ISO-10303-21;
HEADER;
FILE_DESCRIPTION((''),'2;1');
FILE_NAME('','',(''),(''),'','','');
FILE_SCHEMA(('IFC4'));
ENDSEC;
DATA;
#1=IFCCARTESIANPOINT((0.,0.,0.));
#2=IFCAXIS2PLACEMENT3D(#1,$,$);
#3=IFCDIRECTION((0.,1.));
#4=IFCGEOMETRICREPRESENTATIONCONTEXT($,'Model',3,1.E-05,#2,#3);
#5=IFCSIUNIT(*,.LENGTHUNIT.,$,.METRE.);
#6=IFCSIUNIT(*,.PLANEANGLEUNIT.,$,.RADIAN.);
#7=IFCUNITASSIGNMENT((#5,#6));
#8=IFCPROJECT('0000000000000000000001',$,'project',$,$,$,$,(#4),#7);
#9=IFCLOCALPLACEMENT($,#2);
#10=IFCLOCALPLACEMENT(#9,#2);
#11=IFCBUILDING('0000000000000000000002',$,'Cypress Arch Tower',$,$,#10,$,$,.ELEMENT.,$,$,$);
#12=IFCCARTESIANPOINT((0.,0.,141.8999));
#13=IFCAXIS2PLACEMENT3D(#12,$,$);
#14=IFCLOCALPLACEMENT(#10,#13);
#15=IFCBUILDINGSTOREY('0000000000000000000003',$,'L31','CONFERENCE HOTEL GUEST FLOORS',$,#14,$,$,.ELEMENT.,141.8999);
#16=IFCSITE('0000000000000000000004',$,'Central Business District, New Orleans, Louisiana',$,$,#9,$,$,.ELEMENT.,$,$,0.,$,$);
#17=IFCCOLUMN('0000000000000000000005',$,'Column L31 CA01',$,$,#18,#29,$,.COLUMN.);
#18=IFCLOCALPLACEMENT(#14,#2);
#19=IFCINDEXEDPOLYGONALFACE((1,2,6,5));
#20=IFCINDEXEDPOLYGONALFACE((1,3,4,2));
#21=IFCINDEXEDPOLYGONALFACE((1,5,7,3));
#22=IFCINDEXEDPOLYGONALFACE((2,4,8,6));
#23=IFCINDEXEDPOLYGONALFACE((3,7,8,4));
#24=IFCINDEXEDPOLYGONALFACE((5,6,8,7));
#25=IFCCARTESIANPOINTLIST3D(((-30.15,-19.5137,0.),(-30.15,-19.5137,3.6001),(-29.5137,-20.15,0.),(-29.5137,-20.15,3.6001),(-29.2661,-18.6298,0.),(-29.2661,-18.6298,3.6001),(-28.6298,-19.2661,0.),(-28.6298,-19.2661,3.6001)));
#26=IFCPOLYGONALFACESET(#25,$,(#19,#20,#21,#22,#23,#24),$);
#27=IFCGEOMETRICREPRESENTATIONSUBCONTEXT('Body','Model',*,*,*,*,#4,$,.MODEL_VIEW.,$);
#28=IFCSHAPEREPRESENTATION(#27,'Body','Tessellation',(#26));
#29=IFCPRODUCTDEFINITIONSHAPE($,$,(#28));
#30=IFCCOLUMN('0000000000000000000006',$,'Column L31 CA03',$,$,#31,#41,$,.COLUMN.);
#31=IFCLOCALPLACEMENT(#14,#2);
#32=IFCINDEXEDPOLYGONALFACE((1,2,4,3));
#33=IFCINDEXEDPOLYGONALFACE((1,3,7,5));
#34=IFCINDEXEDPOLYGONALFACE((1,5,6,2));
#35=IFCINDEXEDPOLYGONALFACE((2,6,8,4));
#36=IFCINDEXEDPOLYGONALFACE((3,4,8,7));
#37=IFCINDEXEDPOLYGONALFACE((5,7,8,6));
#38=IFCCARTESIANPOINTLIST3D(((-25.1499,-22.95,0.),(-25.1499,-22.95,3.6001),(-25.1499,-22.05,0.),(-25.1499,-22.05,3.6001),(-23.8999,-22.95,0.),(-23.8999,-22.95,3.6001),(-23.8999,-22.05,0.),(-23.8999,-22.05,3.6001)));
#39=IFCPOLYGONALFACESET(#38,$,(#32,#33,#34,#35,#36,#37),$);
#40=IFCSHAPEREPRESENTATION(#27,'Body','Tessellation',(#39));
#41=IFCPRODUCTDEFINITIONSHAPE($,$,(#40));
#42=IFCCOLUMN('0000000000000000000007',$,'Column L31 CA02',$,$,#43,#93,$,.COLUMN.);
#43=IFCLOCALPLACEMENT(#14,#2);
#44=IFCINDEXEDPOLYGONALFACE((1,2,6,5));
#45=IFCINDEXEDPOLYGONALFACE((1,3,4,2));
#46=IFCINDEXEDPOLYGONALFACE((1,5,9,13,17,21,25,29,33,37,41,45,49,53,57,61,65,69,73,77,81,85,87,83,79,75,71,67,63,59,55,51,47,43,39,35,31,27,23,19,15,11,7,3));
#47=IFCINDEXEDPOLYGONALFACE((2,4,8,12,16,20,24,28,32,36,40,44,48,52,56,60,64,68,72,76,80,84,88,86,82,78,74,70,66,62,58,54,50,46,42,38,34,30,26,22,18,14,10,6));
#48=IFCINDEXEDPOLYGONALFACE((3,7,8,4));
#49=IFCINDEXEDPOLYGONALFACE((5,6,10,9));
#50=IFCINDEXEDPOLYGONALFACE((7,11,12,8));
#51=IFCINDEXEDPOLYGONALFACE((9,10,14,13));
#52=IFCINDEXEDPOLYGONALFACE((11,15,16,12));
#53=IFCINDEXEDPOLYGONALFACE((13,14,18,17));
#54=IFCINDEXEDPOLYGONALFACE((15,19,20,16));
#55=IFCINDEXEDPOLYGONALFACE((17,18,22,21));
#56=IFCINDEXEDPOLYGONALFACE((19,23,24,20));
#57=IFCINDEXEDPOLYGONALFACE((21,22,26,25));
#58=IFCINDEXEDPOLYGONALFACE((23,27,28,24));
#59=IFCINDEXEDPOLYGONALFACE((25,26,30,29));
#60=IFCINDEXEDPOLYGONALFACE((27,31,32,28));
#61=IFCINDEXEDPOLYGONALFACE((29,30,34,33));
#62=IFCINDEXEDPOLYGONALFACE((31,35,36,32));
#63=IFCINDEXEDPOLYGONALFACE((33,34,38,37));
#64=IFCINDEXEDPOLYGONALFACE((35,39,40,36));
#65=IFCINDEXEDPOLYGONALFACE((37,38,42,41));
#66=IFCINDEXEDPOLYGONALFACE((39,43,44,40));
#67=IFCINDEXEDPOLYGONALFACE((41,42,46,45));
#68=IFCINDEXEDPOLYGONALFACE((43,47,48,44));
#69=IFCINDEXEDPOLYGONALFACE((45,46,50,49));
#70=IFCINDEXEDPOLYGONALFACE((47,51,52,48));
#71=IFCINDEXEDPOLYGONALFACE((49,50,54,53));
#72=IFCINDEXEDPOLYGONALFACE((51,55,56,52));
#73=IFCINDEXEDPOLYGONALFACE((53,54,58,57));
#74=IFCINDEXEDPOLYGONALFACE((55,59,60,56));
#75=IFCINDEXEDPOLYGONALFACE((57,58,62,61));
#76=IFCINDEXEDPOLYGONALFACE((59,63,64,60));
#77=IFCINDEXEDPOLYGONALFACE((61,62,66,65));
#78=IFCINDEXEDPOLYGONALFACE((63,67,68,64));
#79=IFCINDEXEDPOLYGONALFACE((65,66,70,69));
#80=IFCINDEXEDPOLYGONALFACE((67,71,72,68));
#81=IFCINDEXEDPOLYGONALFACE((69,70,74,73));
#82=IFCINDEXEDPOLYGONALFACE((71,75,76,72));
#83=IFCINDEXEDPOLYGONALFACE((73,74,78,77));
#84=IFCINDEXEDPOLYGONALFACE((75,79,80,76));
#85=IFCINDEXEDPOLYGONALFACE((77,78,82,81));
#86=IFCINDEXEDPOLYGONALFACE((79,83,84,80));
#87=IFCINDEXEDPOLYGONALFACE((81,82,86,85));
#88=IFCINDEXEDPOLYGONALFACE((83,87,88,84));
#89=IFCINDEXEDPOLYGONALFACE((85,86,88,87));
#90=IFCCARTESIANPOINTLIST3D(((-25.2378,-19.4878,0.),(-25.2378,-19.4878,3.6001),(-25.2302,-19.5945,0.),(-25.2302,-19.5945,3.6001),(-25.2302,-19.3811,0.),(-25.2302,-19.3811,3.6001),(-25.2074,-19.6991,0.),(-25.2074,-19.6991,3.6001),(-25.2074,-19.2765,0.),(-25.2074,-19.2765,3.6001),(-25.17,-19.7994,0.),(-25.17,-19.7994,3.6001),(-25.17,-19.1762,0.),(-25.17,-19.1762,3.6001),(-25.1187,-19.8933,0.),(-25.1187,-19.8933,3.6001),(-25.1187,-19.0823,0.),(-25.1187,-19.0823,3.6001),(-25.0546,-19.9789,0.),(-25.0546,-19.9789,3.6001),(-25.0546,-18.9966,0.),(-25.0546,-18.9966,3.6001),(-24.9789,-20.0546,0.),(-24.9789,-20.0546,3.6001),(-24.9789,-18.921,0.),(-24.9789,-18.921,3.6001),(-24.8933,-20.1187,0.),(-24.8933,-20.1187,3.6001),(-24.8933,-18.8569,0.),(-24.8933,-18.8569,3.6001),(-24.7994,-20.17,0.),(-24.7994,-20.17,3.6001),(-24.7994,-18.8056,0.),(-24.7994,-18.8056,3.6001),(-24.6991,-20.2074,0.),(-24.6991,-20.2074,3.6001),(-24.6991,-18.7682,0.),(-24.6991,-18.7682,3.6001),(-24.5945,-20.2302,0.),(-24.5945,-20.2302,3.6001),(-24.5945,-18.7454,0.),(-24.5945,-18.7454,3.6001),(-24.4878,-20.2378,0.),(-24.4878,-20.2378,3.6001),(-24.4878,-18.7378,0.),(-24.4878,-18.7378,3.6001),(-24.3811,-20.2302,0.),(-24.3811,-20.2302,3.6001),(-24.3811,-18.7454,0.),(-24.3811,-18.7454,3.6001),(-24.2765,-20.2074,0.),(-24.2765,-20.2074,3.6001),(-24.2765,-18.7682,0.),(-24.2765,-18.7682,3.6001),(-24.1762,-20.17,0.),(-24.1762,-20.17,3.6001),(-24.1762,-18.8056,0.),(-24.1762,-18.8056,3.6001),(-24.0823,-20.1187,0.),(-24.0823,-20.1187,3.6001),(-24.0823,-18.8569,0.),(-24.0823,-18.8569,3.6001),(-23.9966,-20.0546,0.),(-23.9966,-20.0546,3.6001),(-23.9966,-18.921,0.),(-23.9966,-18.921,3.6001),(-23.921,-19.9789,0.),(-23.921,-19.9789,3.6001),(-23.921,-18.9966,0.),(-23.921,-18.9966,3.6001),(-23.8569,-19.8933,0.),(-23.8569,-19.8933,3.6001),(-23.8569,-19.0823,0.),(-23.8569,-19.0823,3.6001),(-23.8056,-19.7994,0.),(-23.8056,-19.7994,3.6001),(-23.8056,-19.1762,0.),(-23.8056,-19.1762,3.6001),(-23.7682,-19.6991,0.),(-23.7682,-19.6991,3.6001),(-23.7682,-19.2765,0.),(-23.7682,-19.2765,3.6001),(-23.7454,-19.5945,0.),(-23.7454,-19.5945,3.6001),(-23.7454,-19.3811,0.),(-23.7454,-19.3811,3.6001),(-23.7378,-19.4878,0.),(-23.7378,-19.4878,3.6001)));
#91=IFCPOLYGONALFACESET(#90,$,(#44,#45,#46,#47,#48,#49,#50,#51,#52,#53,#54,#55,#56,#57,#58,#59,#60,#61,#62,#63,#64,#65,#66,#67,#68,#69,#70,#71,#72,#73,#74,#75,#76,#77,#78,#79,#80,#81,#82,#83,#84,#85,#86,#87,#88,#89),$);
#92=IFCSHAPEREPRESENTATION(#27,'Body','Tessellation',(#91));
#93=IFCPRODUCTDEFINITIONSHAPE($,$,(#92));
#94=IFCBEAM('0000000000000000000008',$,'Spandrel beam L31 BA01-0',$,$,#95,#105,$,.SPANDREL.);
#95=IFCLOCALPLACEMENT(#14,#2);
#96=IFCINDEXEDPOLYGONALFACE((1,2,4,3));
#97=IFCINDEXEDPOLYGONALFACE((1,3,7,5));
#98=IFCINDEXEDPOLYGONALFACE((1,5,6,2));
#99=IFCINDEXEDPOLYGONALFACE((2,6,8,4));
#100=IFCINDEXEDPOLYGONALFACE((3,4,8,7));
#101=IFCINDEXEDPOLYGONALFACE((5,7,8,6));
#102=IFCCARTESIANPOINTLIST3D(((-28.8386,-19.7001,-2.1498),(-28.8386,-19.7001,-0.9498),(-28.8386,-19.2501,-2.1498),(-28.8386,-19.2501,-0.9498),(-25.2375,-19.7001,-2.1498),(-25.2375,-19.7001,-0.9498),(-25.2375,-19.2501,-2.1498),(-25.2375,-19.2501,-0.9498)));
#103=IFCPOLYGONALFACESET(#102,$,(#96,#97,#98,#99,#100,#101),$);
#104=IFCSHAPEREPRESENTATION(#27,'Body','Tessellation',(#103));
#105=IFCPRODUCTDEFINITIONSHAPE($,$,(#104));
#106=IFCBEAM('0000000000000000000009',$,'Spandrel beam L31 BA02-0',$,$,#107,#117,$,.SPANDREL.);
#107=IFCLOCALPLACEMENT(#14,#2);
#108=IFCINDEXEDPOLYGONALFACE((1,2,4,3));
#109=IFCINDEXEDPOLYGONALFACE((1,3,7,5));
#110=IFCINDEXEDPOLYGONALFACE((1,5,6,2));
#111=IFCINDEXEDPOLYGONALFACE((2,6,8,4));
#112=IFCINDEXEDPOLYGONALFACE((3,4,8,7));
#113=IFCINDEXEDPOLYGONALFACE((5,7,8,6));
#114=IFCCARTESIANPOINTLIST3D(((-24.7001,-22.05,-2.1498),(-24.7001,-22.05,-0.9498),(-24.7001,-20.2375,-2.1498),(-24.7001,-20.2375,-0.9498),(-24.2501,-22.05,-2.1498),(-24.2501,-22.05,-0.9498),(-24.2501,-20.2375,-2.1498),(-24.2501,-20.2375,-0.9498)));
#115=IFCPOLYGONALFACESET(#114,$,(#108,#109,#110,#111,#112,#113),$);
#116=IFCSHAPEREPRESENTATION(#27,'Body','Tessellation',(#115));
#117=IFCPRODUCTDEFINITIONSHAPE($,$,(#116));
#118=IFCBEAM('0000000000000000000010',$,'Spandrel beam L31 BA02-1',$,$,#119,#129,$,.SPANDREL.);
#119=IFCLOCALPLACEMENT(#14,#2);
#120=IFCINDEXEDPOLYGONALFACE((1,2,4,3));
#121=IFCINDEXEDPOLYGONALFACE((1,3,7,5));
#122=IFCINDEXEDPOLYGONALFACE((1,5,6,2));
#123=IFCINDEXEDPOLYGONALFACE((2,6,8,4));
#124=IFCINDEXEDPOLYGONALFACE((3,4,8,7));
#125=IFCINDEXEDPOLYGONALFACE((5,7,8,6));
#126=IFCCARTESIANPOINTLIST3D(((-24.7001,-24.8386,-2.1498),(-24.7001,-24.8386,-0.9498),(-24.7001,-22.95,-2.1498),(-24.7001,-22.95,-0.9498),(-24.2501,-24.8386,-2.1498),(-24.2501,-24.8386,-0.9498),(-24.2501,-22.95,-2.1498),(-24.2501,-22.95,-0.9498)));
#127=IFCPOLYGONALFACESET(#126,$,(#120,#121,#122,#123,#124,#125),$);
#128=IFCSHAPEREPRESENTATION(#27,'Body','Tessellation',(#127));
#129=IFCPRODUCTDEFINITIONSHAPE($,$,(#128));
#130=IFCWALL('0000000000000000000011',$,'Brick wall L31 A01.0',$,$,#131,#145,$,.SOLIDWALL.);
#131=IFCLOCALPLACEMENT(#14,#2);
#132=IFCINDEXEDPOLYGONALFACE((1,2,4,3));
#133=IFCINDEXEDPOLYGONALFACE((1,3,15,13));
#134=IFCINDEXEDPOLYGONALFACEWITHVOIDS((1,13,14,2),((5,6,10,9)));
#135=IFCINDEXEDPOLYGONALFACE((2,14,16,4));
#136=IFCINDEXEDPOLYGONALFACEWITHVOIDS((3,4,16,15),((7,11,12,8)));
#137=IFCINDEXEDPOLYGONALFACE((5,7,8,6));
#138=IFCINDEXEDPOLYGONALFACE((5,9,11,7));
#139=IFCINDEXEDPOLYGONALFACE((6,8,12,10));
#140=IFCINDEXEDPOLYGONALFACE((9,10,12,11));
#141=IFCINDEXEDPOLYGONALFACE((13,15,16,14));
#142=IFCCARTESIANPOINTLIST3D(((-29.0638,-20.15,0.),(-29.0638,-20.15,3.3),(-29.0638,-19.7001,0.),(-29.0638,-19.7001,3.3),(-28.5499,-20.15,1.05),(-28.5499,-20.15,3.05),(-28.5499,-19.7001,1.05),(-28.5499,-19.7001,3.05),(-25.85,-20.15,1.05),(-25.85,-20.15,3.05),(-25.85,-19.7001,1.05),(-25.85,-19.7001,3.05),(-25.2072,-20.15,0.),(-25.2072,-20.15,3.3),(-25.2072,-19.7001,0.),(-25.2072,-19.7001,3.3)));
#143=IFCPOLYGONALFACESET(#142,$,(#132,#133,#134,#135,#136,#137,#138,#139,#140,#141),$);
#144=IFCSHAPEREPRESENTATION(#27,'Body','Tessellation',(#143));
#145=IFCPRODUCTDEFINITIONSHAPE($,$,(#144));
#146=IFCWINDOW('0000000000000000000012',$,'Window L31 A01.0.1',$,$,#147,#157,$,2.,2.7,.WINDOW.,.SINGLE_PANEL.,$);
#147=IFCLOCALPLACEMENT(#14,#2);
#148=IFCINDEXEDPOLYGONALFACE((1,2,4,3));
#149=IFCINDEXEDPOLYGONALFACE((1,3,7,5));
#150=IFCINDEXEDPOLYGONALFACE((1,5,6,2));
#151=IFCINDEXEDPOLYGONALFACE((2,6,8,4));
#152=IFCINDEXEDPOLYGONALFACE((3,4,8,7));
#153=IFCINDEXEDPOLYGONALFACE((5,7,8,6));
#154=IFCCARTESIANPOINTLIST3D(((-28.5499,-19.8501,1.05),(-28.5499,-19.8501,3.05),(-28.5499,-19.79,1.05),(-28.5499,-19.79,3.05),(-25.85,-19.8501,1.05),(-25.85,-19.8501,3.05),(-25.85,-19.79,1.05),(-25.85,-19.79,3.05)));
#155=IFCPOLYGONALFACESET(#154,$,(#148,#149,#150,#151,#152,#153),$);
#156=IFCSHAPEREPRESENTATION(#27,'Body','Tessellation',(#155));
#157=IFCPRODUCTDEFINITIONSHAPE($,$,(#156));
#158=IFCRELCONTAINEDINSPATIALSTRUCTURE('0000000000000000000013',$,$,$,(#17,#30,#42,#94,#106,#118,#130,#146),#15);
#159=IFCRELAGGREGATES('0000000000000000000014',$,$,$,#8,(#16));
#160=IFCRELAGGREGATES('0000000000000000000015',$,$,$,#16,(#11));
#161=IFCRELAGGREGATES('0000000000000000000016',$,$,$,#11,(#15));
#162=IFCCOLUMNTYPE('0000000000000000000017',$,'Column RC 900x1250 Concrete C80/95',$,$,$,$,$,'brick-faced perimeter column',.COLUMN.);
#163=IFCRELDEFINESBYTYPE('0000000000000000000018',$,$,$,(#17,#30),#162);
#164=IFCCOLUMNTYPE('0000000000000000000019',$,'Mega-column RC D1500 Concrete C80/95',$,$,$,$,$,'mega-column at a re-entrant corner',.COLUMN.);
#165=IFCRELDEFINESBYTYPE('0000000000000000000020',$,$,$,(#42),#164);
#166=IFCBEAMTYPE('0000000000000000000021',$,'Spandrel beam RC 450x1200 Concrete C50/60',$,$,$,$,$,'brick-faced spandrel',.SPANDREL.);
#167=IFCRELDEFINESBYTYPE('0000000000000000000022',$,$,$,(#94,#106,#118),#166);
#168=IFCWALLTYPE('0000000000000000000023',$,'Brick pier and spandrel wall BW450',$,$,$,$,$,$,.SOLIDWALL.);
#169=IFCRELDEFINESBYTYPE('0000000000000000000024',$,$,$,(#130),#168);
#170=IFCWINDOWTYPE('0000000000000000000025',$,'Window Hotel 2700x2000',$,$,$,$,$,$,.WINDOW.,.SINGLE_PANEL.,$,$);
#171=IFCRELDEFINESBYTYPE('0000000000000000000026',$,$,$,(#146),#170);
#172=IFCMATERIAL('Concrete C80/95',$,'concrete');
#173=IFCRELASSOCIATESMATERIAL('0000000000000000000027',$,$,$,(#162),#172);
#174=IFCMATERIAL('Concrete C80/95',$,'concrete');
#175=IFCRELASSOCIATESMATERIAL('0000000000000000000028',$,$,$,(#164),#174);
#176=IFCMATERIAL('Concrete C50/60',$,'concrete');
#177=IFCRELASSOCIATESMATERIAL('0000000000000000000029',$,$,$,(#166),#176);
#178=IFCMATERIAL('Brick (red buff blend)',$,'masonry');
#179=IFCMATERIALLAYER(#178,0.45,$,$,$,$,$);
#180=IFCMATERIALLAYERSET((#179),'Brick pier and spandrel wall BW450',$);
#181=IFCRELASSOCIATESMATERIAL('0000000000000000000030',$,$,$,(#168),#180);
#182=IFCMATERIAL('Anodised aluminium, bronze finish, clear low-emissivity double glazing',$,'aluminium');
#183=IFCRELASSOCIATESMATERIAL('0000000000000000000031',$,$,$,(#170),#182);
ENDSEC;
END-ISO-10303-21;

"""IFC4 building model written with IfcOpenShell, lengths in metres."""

from ifc_helpers import new_model, si_unit, direction, frame, frame_2d, origin, origin_2d, place, context, subcontext, project, spatial, rectangle, circle, extrude, material, layer, layer_set, material_profile, profile_set, type_object, element, fill, save


model = new_model("IFC4")

# Units and contexts
model_context = context("Model", 3, precision=1e-05, world=origin(), true_north=direction((0.0, 1.0)))
body_context = subcontext(model_context, "Body", "Model", "MODEL_VIEW")
ifc_project = project(units=[si_unit("LENGTHUNIT", "METRE"), si_unit("PLANEANGLEUNIT", "RADIAN")], contexts=[model_context])

# Site, building, storey
site_placement = place(None, origin())
site = spatial("IfcSite", under=ifc_project, at=site_placement, Name="Central Business District, New Orleans, Louisiana", CompositionType="ELEMENT", RefElevation=0.0)
building_placement = place(site_placement, origin())
building = spatial("IfcBuilding", under=site, at=building_placement, Name="Cypress Arch Tower", CompositionType="ELEMENT")
storey_placement = place(building_placement, frame((0.0, 0.0, 141.8999)))
storey = spatial("IfcBuildingStorey", under=building, at=storey_placement, Name="L31", Description="CONFERENCE HOTEL GUEST FLOORS", CompositionType="ELEMENT", Elevation=141.8999)

# Columns
ifc_material_1 = material(Name="Concrete C80/95", Category="concrete")
ifc_material_profile_1 = material_profile(ifc_material_1, rectangle(XDim=0.8999, YDim=1.25, at=origin_2d()), Name="RC 900x1250")
ifc_profile_set_1 = profile_set([ifc_material_profile_1], Name="Concrete C80/95")
column_type_1 = type_object("IfcColumnType", Name="Column RC 900x1250 Concrete C80/95", ElementType="brick-faced perimeter column", PredefinedType="COLUMN", material=ifc_profile_set_1)
for number, where, z_axis, x_axis, name in (
    (1, (-29.3899, -19.3899, 0.0), (0.0, 0.0, 1.0), (0.707107, -0.707107, 0.0), "Column L31 CA01"),
    (2, (-24.5249, -22.5, 0.0), (0.0, 0.0, 1.0), (0.0, -1.0, 0.0), "Column L31 CA03"),
):
    element("IfcColumn", number, at=place(storey_placement, frame(where, z_axis=z_axis, x_axis=x_axis)), inside=storey, type_object=column_type_1, Name=name, PredefinedType="COLUMN", context=body_context, shape_type="SweptSolid", body=[
        extrude(rectangle(XDim=0.8999, YDim=1.25, at=origin_2d()), origin(), (0.0, 0.0, 1.0), 3.6001),
    ])
ifc_material_2 = material(Name="Concrete C80/95", Category="concrete")
ifc_material_profile_2 = material_profile(ifc_material_2, circle(Radius=0.75, at=origin_2d()), Name="RC D1500")
ifc_profile_set_2 = profile_set([ifc_material_profile_2], Name="Concrete C80/95")
column_type_2 = type_object("IfcColumnType", Name="Mega-column RC D1500 Concrete C80/95", ElementType="mega-column at a re-entrant corner", PredefinedType="COLUMN", material=ifc_profile_set_2)
column_placement = place(storey_placement, frame((-24.4878, -19.4878, 0.0), z_axis=(0.0, 0.0, 1.0), x_axis=(1.0, 0.0, 0.0)))
element("IfcColumn", 3, at=column_placement, inside=storey, type_object=column_type_2, Name="Column L31 CA02", PredefinedType="COLUMN", context=body_context, shape_type="SweptSolid", body=[
    extrude(circle(Radius=0.75, at=origin_2d()), origin(), (0.0, 0.0, 1.0), 3.6001),
])

# Beams
ifc_material_3 = material(Name="Concrete C50/60", Category="concrete")
ifc_material_profile_3 = material_profile(ifc_material_3, rectangle(XDim=0.45, YDim=1.2, at=origin_2d()), Name="RC 450x1200")
ifc_profile_set_3 = profile_set([ifc_material_profile_3], Name="Concrete C50/60")
beam_type = type_object("IfcBeamType", Name="Spandrel beam RC 450x1200 Concrete C50/60", ElementType="brick-faced spandrel", PredefinedType="SPANDREL", material=ifc_profile_set_3)
beam_1_placement = place(storey_placement, frame((-28.8386, -19.4751, -1.5498), z_axis=(1.0, 0.0, 0.0), x_axis=(0.0, 1.0, 0.0)))
element("IfcBeam", 4, at=beam_1_placement, inside=storey, type_object=beam_type, Name="Spandrel beam L31 BA01-0", PredefinedType="SPANDREL", context=body_context, shape_type="SweptSolid", body=[
    extrude(rectangle(XDim=0.45, YDim=1.2, at=origin_2d()), origin(), (0.0, 0.0, 1.0), 3.6011),
])
beam_2_placement = place(storey_placement, frame((-24.4751, -20.2375, -1.5498), z_axis=(0.0, -1.0, 0.0), x_axis=(1.0, 0.0, 0.0)))
element("IfcBeam", 5, at=beam_2_placement, inside=storey, type_object=beam_type, Name="Spandrel beam L31 BA02-0", PredefinedType="SPANDREL", context=body_context, shape_type="SweptSolid", body=[
    extrude(rectangle(XDim=0.45, YDim=1.2, at=origin_2d()), origin(), (0.0, 0.0, 1.0), 1.8125),
])
beam_3_placement = place(storey_placement, frame((-24.4751, -22.95, -1.5498), z_axis=(0.0, -1.0, 0.0), x_axis=(1.0, 0.0, 0.0)))
element("IfcBeam", 6, at=beam_3_placement, inside=storey, type_object=beam_type, Name="Spandrel beam L31 BA02-1", PredefinedType="SPANDREL", context=body_context, shape_type="SweptSolid", body=[
    extrude(rectangle(XDim=0.45, YDim=1.2, at=origin_2d()), origin(), (0.0, 0.0, 1.0), 1.8887),
])

# Wall, opening, window
ifc_material_4 = material(Name="Brick (red buff blend)", Category="masonry")
ifc_layer_1 = layer(ifc_material_4, 0.45)
ifc_layer_set_1 = layer_set([ifc_layer_1], Name="Brick pier and spandrel wall BW450")
wall_type_1 = type_object("IfcWallType", Name="Brick pier and spandrel wall BW450", PredefinedType="SOLIDWALL", material=ifc_layer_set_1)
wall_1_placement = place(storey_placement, frame((-29.0637, -19.925, 0.0), z_axis=(0.0, 0.0, 1.0), x_axis=(1.0, 0.0, 0.0)))
wall_1 = element("IfcWall", 7, at=wall_1_placement, inside=storey, type_object=wall_type_1, Name="Brick wall L31 A01.0", PredefinedType="SOLIDWALL", context=body_context, shape_type="SweptSolid", body=[
    extrude(rectangle(XDim=3.8567, YDim=0.45, at=frame_2d((1.9282, 0.0))), origin(), (0.0, 0.0, 1.0), 3.3),
])
opening_1_placement = place(wall_1_placement, frame((0.5137, 0.0, 1.05)))
opening_1 = element("IfcOpeningElement", 8, at=opening_1_placement, cuts=wall_1, PredefinedType="OPENING", context=body_context, shape_type="SweptSolid", body=[
    extrude(rectangle(XDim=2.7, YDim=2.0, at=frame_2d((1.3501, 1.0))), frame((0.0, 0.2349, 0.0), z_axis=(0.0, -1.0, 0.0), x_axis=(1.0, 0.0, 0.0)), (0.0, 0.0, 1.0), 0.47),
])
ifc_material_5 = material(Name="Anodised aluminium, bronze finish, clear low-emissivity double glazing", Category="aluminium")
window_type_1 = type_object("IfcWindowType", Name="Window Hotel 2700x2000", PartitioningType="SINGLE_PANEL", PredefinedType="WINDOW", material=ifc_material_5)
window_1_placement = place(opening_1_placement, origin())
window_1 = element("IfcWindow", 9, at=window_1_placement, inside=storey, type_object=window_type_1, Name="Window L31 A01.0.1", OverallHeight=2.0, OverallWidth=2.7, PartitioningType="SINGLE_PANEL", PredefinedType="WINDOW", context=body_context, shape_type="SweptSolid", body=[
    extrude(rectangle(XDim=2.7, YDim=2.0, at=frame_2d((1.3501, 1.0))), frame((0.0, 0.135, 0.0), z_axis=(0.0, -1.0, 0.0), x_axis=(1.0, 0.0, 0.0)), (0.0, 0.0, 1.0), 0.0601),
])
fill(opening_1, window_1)

save(model, "model.ifc")
